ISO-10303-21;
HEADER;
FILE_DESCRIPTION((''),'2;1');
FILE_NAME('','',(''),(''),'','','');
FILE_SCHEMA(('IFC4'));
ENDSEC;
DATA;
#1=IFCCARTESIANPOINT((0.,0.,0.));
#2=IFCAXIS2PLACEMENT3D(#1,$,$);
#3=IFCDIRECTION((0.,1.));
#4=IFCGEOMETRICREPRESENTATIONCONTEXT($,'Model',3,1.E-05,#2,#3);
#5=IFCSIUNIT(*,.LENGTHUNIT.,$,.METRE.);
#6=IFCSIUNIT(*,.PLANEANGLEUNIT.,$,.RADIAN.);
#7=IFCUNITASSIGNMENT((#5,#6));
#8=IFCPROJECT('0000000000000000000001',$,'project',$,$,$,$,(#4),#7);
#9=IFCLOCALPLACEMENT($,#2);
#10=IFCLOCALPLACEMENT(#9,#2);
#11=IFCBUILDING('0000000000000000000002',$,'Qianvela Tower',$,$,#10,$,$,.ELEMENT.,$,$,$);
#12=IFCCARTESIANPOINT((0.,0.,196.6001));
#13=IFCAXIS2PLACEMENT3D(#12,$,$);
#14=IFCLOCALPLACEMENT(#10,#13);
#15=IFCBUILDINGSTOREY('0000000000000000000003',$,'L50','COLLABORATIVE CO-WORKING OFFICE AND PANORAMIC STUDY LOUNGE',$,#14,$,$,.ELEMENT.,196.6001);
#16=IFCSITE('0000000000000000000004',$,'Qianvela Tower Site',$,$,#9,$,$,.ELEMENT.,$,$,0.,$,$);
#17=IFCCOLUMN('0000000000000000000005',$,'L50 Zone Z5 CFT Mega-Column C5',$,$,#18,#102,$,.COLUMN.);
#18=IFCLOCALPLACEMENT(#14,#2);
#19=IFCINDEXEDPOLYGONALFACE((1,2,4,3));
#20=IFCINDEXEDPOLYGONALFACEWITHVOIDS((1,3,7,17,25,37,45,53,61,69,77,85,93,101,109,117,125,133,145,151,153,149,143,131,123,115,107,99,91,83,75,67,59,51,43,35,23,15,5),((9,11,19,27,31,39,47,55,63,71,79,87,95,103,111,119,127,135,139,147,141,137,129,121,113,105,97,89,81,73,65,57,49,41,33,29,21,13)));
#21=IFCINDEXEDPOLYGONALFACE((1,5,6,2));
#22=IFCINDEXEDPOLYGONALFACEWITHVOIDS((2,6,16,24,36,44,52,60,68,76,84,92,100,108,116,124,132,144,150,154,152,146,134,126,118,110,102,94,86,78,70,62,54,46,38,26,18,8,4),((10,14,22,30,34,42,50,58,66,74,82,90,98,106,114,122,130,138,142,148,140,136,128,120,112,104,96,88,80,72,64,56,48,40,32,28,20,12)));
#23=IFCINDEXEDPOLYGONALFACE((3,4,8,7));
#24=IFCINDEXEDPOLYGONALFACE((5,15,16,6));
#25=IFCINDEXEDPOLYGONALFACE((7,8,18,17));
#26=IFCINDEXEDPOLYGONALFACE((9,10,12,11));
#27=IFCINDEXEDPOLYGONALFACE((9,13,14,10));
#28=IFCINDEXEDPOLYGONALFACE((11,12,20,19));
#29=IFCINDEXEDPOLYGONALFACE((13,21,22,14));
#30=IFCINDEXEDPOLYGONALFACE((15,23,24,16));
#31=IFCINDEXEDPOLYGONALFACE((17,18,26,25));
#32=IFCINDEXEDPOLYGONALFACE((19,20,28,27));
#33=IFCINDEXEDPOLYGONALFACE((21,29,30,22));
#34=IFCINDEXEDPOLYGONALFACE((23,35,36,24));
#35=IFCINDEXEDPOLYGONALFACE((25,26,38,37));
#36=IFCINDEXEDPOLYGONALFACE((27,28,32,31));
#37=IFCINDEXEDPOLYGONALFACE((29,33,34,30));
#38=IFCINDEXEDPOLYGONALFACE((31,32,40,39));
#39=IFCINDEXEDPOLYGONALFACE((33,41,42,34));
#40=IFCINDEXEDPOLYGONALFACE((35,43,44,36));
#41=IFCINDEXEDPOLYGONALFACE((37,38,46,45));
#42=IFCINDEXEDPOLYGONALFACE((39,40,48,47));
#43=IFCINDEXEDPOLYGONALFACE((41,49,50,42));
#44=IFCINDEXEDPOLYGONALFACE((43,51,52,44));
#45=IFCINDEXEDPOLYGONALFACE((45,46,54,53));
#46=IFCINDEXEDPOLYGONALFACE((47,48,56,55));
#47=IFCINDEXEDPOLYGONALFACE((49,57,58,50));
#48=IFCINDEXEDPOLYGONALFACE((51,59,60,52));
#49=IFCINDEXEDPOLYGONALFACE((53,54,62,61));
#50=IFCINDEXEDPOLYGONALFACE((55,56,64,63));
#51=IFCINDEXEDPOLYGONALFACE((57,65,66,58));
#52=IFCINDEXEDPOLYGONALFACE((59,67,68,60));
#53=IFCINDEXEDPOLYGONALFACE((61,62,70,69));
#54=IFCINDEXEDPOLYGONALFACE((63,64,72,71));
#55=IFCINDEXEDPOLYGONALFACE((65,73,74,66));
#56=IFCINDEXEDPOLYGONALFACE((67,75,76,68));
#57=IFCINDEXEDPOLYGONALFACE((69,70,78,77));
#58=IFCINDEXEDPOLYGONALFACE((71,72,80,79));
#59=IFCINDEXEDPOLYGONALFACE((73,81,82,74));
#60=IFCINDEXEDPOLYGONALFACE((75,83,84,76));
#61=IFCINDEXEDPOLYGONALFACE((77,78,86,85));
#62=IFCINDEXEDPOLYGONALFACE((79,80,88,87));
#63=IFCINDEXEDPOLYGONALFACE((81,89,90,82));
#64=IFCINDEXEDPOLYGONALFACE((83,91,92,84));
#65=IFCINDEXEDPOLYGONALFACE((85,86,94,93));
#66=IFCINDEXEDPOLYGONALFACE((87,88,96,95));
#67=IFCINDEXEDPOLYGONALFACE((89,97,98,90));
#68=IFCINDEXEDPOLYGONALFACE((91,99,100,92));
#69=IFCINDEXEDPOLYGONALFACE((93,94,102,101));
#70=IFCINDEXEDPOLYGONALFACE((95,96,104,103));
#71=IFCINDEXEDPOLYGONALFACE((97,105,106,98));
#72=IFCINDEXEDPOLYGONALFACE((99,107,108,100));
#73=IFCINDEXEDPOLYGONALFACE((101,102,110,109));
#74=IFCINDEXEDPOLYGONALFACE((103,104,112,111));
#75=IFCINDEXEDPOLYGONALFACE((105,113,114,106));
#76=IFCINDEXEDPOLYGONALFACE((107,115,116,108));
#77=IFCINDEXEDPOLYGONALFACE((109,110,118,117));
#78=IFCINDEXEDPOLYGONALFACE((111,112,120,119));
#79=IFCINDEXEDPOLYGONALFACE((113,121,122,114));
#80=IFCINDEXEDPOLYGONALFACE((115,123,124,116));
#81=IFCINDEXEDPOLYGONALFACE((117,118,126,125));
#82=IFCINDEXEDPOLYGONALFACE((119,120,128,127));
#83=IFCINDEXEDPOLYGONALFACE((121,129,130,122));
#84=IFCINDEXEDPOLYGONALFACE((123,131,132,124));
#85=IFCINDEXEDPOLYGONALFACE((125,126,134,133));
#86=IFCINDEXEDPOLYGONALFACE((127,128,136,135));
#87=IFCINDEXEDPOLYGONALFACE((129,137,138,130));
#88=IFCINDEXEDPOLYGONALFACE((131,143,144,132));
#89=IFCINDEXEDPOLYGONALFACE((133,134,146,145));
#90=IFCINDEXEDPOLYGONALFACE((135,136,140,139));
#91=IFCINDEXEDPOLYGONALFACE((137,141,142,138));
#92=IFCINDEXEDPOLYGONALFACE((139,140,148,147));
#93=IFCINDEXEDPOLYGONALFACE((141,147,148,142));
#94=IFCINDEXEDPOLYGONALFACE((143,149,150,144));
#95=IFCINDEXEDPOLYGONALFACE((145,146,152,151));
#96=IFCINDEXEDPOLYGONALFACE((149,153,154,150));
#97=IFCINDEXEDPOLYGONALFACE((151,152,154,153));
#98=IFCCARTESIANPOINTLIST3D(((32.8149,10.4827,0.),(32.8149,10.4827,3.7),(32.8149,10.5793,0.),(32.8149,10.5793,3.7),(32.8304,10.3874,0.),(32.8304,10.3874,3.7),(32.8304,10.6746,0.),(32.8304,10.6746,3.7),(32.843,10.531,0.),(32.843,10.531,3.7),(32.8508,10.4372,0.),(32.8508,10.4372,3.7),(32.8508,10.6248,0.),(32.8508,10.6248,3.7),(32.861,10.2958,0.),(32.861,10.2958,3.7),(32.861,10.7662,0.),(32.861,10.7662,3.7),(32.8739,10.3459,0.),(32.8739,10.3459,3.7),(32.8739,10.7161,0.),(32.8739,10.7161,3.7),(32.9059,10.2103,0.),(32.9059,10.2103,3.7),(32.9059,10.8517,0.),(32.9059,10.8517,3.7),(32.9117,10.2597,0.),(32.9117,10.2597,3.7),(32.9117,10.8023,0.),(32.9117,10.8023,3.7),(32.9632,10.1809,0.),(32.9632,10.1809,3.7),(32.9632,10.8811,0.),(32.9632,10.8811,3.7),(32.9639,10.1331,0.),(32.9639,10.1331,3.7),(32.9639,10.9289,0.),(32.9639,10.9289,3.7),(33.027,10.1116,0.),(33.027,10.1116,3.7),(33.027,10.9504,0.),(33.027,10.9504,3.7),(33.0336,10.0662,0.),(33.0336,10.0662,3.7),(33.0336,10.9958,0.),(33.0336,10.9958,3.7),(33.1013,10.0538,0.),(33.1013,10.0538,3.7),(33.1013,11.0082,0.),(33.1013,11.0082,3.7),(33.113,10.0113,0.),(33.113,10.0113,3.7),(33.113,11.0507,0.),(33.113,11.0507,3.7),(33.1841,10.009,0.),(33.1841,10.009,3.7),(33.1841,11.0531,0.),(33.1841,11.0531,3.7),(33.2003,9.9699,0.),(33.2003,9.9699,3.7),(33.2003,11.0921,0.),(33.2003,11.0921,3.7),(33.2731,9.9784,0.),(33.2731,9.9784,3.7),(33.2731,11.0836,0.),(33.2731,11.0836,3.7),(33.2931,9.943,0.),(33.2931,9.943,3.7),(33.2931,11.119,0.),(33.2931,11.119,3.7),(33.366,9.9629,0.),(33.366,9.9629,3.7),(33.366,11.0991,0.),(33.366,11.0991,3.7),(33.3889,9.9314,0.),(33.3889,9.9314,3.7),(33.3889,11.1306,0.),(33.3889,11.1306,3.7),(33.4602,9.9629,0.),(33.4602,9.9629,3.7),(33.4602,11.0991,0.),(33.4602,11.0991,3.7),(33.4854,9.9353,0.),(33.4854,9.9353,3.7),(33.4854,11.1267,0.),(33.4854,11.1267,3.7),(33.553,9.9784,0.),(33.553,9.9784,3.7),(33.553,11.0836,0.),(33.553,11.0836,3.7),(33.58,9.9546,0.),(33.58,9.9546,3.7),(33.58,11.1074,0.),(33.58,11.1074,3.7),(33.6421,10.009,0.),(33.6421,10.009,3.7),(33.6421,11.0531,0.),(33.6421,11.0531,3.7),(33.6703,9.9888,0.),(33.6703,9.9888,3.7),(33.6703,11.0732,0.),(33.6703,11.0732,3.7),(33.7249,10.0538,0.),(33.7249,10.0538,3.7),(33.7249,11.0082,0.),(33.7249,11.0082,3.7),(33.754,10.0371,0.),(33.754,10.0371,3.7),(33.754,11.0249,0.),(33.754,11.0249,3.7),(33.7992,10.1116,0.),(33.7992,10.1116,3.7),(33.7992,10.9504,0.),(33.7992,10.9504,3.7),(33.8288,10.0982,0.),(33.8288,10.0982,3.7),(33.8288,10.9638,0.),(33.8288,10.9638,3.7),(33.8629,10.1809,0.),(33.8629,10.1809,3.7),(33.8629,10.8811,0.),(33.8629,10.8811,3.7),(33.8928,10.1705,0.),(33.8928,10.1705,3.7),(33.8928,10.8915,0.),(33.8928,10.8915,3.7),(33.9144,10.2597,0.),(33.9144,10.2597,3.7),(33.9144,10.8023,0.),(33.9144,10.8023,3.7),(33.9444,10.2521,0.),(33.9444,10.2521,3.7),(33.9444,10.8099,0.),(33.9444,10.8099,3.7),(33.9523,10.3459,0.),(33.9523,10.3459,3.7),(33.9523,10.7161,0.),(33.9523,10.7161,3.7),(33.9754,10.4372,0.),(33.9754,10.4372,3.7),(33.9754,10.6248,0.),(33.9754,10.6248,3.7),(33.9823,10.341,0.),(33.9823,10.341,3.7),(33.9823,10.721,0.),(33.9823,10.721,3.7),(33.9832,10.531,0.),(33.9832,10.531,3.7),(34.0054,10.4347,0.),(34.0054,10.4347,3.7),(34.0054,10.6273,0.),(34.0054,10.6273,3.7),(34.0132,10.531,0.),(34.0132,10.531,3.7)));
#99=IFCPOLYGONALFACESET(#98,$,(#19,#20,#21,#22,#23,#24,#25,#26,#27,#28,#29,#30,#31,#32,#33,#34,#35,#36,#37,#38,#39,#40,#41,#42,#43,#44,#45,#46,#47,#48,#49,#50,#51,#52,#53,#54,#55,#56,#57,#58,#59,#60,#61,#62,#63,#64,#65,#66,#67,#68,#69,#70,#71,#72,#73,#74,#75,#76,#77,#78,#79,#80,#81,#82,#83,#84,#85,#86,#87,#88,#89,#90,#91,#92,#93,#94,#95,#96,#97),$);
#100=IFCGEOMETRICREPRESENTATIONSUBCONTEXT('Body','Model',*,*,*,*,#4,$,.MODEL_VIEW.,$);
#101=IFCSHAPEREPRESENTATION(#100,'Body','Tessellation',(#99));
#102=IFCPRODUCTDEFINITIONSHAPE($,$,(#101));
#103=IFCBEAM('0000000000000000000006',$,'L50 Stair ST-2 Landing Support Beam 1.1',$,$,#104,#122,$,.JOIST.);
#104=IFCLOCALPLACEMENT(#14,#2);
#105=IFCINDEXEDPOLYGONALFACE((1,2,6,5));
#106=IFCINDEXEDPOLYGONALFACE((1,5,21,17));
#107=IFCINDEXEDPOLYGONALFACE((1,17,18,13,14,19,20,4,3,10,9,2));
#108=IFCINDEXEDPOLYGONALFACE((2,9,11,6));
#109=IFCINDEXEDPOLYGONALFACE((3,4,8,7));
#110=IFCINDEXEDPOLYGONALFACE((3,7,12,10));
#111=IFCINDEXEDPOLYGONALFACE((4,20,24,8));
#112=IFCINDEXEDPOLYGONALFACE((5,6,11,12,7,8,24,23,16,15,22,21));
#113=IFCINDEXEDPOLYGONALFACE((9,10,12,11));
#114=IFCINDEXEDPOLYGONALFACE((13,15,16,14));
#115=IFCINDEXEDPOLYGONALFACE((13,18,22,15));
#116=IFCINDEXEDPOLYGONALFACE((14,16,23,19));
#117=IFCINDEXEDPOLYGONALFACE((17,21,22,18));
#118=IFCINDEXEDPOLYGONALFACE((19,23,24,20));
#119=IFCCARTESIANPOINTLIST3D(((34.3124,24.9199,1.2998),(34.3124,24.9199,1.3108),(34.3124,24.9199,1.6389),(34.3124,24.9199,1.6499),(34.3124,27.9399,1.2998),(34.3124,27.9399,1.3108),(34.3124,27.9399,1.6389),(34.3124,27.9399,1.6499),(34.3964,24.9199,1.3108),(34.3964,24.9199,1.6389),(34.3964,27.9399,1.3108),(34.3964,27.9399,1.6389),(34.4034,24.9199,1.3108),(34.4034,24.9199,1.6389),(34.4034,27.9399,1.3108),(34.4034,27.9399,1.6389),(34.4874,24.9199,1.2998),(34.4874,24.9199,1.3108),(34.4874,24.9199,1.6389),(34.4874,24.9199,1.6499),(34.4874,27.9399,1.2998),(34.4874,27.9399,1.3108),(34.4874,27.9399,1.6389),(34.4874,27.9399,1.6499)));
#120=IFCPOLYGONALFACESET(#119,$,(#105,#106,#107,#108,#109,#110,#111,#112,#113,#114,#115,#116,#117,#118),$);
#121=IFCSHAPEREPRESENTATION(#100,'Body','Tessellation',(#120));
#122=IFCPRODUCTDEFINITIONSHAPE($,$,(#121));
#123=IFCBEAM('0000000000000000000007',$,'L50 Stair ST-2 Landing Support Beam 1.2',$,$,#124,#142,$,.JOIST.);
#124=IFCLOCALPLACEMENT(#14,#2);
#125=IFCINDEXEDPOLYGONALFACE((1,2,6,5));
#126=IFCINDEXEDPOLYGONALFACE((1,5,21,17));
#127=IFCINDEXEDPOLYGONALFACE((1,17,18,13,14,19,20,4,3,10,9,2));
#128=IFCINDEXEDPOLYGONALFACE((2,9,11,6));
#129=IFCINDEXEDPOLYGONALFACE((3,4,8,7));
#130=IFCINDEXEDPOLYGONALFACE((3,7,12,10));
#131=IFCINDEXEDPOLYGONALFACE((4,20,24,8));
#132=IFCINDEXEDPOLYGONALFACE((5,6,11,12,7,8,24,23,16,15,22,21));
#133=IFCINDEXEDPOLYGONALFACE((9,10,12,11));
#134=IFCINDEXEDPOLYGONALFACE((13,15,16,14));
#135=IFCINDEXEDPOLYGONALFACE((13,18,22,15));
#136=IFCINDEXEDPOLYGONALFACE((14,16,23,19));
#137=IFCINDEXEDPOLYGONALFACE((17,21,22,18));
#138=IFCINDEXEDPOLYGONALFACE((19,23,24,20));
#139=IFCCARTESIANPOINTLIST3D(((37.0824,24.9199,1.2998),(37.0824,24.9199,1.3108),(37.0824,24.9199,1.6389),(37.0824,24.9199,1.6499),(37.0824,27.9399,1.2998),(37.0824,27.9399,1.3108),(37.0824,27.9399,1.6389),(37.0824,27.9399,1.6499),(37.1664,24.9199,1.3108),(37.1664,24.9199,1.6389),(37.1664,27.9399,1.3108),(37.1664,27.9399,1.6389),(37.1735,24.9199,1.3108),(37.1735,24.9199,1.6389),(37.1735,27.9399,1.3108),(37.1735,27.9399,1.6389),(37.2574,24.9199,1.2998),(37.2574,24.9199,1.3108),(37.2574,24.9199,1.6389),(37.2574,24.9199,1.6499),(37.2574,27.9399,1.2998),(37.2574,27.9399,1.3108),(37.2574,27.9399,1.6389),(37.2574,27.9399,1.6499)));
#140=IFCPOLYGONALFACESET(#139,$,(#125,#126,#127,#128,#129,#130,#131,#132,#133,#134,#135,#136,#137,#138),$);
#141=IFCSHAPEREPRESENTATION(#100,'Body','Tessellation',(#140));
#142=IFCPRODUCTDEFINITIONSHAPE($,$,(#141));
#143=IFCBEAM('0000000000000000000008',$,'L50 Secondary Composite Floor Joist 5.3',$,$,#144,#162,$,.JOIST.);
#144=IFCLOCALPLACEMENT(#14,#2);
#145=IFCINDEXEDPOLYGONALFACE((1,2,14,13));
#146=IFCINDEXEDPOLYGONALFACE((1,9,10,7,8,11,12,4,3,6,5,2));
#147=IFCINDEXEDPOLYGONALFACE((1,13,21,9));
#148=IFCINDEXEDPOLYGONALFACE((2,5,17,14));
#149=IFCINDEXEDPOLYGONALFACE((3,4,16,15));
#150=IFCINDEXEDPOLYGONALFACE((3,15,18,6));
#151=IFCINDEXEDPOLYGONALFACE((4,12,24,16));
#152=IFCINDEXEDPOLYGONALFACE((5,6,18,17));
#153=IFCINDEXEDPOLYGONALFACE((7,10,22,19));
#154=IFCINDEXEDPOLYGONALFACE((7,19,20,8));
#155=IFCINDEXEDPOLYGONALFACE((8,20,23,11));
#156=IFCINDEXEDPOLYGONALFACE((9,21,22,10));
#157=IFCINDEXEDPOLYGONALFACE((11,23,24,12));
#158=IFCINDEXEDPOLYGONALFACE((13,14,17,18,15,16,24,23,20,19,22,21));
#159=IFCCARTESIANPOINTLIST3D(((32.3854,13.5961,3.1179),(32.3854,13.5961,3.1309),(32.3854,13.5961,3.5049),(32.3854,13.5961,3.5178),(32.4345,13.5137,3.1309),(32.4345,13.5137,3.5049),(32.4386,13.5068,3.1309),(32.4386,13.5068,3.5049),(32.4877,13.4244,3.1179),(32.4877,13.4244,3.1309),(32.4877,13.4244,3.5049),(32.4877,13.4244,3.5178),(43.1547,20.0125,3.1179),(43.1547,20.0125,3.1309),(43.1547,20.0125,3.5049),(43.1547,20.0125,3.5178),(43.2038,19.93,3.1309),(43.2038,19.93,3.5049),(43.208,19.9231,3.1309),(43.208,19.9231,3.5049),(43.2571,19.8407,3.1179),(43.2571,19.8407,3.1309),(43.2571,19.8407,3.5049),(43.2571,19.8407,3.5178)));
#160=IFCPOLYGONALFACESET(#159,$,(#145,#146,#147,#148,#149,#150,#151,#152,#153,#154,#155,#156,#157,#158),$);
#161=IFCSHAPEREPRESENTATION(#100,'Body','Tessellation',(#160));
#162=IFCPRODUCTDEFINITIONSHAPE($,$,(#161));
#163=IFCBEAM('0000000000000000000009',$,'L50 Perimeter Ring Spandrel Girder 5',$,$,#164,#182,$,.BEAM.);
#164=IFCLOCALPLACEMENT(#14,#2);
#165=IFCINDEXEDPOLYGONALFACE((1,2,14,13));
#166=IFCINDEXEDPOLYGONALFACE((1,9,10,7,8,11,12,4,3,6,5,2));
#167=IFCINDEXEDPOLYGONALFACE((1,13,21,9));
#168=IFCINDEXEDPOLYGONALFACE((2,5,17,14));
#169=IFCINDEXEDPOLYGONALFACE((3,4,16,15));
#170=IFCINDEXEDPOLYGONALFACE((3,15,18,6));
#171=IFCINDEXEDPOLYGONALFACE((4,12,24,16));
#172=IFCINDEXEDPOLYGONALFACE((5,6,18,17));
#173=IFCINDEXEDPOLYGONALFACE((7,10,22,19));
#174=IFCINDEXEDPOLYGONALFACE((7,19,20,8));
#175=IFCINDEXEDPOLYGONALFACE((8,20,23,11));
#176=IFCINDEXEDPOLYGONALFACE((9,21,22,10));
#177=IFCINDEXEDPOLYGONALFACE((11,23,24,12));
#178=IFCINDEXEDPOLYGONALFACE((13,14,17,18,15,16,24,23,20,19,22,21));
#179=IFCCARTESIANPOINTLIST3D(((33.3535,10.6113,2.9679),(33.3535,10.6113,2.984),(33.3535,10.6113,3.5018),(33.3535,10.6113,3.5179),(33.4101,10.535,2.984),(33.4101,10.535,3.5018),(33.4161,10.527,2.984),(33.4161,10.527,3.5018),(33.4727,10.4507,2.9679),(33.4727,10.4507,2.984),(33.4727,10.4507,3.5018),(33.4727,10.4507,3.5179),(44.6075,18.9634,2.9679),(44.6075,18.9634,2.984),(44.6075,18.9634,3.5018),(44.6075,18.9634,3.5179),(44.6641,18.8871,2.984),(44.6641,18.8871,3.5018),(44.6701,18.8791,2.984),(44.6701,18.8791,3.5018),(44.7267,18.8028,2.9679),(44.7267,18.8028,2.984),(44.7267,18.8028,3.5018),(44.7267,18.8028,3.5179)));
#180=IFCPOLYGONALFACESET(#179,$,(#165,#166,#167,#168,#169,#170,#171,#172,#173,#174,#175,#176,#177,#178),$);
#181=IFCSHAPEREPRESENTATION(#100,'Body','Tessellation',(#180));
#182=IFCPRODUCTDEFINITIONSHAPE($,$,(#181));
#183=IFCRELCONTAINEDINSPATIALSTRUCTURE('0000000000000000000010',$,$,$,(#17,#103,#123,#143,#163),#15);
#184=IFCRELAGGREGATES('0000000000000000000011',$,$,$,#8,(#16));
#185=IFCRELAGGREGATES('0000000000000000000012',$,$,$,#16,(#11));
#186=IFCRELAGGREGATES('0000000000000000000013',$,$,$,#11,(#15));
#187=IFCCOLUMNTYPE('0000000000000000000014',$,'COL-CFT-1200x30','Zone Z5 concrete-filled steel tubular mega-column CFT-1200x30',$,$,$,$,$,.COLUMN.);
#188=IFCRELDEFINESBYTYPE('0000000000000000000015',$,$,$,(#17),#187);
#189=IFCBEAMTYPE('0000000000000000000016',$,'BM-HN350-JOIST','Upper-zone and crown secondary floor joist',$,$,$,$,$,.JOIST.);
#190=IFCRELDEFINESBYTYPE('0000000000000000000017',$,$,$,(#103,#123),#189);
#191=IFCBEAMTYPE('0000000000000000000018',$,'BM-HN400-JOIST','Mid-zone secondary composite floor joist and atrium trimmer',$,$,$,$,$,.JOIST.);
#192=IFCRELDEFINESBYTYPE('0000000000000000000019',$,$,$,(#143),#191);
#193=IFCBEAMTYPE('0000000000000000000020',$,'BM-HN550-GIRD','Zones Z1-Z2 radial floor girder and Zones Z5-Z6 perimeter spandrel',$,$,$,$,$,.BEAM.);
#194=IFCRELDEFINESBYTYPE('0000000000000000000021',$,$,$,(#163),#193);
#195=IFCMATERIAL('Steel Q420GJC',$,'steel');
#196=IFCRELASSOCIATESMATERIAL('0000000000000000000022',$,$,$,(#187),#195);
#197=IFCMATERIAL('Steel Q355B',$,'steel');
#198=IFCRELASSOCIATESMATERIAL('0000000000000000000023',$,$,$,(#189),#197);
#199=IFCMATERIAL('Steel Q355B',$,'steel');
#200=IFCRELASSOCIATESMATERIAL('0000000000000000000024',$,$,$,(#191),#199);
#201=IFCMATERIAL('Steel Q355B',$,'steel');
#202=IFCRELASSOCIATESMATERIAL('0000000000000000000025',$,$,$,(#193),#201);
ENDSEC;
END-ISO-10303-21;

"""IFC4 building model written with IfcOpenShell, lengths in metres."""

from ifc_helpers import new_model, si_unit, direction, frame, origin, origin_2d, place, context, subcontext, project, spatial, hollow_circle, i_section, extrude, material, material_profile, profile_set, type_object, element, save


model = new_model("IFC4")

# Units and contexts
model_context = context("Model", 3, precision=1e-05, world=origin(), true_north=direction((0.0, 1.0)))
body_context = subcontext(model_context, "Body", "Model", "MODEL_VIEW")
ifc_project = project(units=[si_unit("LENGTHUNIT", "METRE"), si_unit("PLANEANGLEUNIT", "RADIAN")], contexts=[model_context])

# Site, building, storey
site_placement = place(None, origin())
site = spatial("IfcSite", under=ifc_project, at=site_placement, Name="Qianvela Tower Site", CompositionType="ELEMENT", RefElevation=0.0)
building_placement = place(site_placement, origin())
building = spatial("IfcBuilding", under=site, at=building_placement, Name="Qianvela Tower", CompositionType="ELEMENT")
storey_placement = place(building_placement, frame((0.0, 0.0, 196.6001)))
storey = spatial("IfcBuildingStorey", under=building, at=storey_placement, Name="L50", Description="COLLABORATIVE CO-WORKING OFFICE AND PANORAMIC STUDY LOUNGE", CompositionType="ELEMENT", Elevation=196.6001)

# Column
ifc_material_1 = material(Name="Steel Q420GJC", Category="steel")
ifc_material_profile_1 = material_profile(ifc_material_1, hollow_circle(Radius=0.6001, WallThickness=0.03, at=origin_2d()), Name="CFT-1200x30")
ifc_profile_set_1 = profile_set([ifc_material_profile_1], Name="Steel Q420GJC")
column_type = type_object("IfcColumnType", Name="COL-CFT-1200x30", Description="Zone Z5 concrete-filled steel tubular mega-column CFT-1200x30", PredefinedType="COLUMN", material=ifc_profile_set_1)
column_placement = place(storey_placement, frame((33.4131, 10.531, 0.0), z_axis=(0.0, 0.0, 1.0), x_axis=(1.0, 0.0, 0.0)))
element("IfcColumn", 1, at=column_placement, inside=storey, type_object=column_type, Name="L50 Zone Z5 CFT Mega-Column C5", PredefinedType="COLUMN", context=body_context, shape_type="SweptSolid", body=[
    extrude(hollow_circle(Radius=0.6001, WallThickness=0.03, at=origin_2d()), origin(), (0.0, 0.0, 1.0), 3.7),
])

# Beams
ifc_material_2 = material(Name="Steel Q355B", Category="steel")
ifc_material_profile_2 = material_profile(ifc_material_2, i_section(OverallWidth=0.175, OverallDepth=0.3501, WebThickness=0.0071, FlangeThickness=0.011, at=origin_2d()), Name="HN350x175x7x11")
ifc_profile_set_2 = profile_set([ifc_material_profile_2], Name="Steel Q355B")
beam_type_1 = type_object("IfcBeamType", Name="BM-HN350-JOIST", Description="Upper-zone and crown secondary floor joist", PredefinedType="JOIST", material=ifc_profile_set_2)
for number, where, z_axis, x_axis, name in (
    (2, (34.3999, 24.9199, 1.4749), (0.0, 1.0, 0.0), (-1.0, 0.0, 0.0), "L50 Stair ST-2 Landing Support Beam 1.1"),
    (3, (37.1699, 24.9199, 1.4749), (0.0, 1.0, 0.0), (-1.0, 0.0, 0.0), "L50 Stair ST-2 Landing Support Beam 1.2"),
):
    element("IfcBeam", number, at=place(storey_placement, frame(where, z_axis=z_axis, x_axis=x_axis)), inside=storey, type_object=beam_type_1, Name=name, PredefinedType="JOIST", context=body_context, shape_type="SweptSolid", body=[
        extrude(i_section(OverallWidth=0.175, OverallDepth=0.3501, WebThickness=0.0071, FlangeThickness=0.011, at=origin_2d()), origin(), (0.0, 0.0, 1.0), 3.02),
    ])
ifc_material_3 = material(Name="Steel Q355B", Category="steel")
ifc_material_profile_3 = material_profile(ifc_material_3, i_section(OverallWidth=0.2, OverallDepth=0.3999, WebThickness=0.0081, FlangeThickness=0.0129, at=origin_2d()), Name="HN400x200x8x13")
ifc_profile_set_3 = profile_set([ifc_material_profile_3], Name="Steel Q355B")
beam_type_2 = type_object("IfcBeamType", Name="BM-HN400-JOIST", Description="Mid-zone secondary composite floor joist and atrium trimmer", PredefinedType="JOIST", material=ifc_profile_set_3)
beam_1_placement = place(storey_placement, frame((32.4365, 13.5103, 3.3179), z_axis=(0.859084, 0.511835, 0.0), x_axis=(-0.511835, 0.859084, 0.0)))
element("IfcBeam", 4, at=beam_1_placement, inside=storey, type_object=beam_type_2, Name="L50 Secondary Composite Floor Joist 5.3", PredefinedType="JOIST", context=body_context, shape_type="SweptSolid", body=[
    extrude(i_section(OverallWidth=0.2, OverallDepth=0.3999, WebThickness=0.0081, FlangeThickness=0.0129, at=origin_2d()), origin(), (0.0, 0.0, 1.0), 12.5359),
])
ifc_material_4 = material(Name="Steel Q355B", Category="steel")
ifc_material_profile_4 = material_profile(ifc_material_4, i_section(OverallWidth=0.2, OverallDepth=0.55, WebThickness=0.01, FlangeThickness=0.0161, at=origin_2d()), Name="HN550x200x10x16")
ifc_profile_set_4 = profile_set([ifc_material_profile_4], Name="Steel Q355B")
beam_type_3 = type_object("IfcBeamType", Name="BM-HN550-GIRD", Description="Zones Z1-Z2 radial floor girder and Zones Z5-Z6 perimeter spandrel", PredefinedType="BEAM", material=ifc_profile_set_4)
beam_2_placement = place(storey_placement, frame((33.4131, 10.531, 3.2429), z_axis=(0.803017, 0.595956, 0.0), x_axis=(-0.595956, 0.803017, 0.0)))
element("IfcBeam", 5, at=beam_2_placement, inside=storey, type_object=beam_type_3, Name="L50 Perimeter Ring Spandrel Girder 5", PredefinedType="BEAM", context=body_context, shape_type="SweptSolid", body=[
    extrude(i_section(OverallWidth=0.2, OverallDepth=0.55, WebThickness=0.01, FlangeThickness=0.0161, at=origin_2d()), origin(), (0.0, 0.0, 1.0), 14.0146),
])

save(model, "model.ifc")
